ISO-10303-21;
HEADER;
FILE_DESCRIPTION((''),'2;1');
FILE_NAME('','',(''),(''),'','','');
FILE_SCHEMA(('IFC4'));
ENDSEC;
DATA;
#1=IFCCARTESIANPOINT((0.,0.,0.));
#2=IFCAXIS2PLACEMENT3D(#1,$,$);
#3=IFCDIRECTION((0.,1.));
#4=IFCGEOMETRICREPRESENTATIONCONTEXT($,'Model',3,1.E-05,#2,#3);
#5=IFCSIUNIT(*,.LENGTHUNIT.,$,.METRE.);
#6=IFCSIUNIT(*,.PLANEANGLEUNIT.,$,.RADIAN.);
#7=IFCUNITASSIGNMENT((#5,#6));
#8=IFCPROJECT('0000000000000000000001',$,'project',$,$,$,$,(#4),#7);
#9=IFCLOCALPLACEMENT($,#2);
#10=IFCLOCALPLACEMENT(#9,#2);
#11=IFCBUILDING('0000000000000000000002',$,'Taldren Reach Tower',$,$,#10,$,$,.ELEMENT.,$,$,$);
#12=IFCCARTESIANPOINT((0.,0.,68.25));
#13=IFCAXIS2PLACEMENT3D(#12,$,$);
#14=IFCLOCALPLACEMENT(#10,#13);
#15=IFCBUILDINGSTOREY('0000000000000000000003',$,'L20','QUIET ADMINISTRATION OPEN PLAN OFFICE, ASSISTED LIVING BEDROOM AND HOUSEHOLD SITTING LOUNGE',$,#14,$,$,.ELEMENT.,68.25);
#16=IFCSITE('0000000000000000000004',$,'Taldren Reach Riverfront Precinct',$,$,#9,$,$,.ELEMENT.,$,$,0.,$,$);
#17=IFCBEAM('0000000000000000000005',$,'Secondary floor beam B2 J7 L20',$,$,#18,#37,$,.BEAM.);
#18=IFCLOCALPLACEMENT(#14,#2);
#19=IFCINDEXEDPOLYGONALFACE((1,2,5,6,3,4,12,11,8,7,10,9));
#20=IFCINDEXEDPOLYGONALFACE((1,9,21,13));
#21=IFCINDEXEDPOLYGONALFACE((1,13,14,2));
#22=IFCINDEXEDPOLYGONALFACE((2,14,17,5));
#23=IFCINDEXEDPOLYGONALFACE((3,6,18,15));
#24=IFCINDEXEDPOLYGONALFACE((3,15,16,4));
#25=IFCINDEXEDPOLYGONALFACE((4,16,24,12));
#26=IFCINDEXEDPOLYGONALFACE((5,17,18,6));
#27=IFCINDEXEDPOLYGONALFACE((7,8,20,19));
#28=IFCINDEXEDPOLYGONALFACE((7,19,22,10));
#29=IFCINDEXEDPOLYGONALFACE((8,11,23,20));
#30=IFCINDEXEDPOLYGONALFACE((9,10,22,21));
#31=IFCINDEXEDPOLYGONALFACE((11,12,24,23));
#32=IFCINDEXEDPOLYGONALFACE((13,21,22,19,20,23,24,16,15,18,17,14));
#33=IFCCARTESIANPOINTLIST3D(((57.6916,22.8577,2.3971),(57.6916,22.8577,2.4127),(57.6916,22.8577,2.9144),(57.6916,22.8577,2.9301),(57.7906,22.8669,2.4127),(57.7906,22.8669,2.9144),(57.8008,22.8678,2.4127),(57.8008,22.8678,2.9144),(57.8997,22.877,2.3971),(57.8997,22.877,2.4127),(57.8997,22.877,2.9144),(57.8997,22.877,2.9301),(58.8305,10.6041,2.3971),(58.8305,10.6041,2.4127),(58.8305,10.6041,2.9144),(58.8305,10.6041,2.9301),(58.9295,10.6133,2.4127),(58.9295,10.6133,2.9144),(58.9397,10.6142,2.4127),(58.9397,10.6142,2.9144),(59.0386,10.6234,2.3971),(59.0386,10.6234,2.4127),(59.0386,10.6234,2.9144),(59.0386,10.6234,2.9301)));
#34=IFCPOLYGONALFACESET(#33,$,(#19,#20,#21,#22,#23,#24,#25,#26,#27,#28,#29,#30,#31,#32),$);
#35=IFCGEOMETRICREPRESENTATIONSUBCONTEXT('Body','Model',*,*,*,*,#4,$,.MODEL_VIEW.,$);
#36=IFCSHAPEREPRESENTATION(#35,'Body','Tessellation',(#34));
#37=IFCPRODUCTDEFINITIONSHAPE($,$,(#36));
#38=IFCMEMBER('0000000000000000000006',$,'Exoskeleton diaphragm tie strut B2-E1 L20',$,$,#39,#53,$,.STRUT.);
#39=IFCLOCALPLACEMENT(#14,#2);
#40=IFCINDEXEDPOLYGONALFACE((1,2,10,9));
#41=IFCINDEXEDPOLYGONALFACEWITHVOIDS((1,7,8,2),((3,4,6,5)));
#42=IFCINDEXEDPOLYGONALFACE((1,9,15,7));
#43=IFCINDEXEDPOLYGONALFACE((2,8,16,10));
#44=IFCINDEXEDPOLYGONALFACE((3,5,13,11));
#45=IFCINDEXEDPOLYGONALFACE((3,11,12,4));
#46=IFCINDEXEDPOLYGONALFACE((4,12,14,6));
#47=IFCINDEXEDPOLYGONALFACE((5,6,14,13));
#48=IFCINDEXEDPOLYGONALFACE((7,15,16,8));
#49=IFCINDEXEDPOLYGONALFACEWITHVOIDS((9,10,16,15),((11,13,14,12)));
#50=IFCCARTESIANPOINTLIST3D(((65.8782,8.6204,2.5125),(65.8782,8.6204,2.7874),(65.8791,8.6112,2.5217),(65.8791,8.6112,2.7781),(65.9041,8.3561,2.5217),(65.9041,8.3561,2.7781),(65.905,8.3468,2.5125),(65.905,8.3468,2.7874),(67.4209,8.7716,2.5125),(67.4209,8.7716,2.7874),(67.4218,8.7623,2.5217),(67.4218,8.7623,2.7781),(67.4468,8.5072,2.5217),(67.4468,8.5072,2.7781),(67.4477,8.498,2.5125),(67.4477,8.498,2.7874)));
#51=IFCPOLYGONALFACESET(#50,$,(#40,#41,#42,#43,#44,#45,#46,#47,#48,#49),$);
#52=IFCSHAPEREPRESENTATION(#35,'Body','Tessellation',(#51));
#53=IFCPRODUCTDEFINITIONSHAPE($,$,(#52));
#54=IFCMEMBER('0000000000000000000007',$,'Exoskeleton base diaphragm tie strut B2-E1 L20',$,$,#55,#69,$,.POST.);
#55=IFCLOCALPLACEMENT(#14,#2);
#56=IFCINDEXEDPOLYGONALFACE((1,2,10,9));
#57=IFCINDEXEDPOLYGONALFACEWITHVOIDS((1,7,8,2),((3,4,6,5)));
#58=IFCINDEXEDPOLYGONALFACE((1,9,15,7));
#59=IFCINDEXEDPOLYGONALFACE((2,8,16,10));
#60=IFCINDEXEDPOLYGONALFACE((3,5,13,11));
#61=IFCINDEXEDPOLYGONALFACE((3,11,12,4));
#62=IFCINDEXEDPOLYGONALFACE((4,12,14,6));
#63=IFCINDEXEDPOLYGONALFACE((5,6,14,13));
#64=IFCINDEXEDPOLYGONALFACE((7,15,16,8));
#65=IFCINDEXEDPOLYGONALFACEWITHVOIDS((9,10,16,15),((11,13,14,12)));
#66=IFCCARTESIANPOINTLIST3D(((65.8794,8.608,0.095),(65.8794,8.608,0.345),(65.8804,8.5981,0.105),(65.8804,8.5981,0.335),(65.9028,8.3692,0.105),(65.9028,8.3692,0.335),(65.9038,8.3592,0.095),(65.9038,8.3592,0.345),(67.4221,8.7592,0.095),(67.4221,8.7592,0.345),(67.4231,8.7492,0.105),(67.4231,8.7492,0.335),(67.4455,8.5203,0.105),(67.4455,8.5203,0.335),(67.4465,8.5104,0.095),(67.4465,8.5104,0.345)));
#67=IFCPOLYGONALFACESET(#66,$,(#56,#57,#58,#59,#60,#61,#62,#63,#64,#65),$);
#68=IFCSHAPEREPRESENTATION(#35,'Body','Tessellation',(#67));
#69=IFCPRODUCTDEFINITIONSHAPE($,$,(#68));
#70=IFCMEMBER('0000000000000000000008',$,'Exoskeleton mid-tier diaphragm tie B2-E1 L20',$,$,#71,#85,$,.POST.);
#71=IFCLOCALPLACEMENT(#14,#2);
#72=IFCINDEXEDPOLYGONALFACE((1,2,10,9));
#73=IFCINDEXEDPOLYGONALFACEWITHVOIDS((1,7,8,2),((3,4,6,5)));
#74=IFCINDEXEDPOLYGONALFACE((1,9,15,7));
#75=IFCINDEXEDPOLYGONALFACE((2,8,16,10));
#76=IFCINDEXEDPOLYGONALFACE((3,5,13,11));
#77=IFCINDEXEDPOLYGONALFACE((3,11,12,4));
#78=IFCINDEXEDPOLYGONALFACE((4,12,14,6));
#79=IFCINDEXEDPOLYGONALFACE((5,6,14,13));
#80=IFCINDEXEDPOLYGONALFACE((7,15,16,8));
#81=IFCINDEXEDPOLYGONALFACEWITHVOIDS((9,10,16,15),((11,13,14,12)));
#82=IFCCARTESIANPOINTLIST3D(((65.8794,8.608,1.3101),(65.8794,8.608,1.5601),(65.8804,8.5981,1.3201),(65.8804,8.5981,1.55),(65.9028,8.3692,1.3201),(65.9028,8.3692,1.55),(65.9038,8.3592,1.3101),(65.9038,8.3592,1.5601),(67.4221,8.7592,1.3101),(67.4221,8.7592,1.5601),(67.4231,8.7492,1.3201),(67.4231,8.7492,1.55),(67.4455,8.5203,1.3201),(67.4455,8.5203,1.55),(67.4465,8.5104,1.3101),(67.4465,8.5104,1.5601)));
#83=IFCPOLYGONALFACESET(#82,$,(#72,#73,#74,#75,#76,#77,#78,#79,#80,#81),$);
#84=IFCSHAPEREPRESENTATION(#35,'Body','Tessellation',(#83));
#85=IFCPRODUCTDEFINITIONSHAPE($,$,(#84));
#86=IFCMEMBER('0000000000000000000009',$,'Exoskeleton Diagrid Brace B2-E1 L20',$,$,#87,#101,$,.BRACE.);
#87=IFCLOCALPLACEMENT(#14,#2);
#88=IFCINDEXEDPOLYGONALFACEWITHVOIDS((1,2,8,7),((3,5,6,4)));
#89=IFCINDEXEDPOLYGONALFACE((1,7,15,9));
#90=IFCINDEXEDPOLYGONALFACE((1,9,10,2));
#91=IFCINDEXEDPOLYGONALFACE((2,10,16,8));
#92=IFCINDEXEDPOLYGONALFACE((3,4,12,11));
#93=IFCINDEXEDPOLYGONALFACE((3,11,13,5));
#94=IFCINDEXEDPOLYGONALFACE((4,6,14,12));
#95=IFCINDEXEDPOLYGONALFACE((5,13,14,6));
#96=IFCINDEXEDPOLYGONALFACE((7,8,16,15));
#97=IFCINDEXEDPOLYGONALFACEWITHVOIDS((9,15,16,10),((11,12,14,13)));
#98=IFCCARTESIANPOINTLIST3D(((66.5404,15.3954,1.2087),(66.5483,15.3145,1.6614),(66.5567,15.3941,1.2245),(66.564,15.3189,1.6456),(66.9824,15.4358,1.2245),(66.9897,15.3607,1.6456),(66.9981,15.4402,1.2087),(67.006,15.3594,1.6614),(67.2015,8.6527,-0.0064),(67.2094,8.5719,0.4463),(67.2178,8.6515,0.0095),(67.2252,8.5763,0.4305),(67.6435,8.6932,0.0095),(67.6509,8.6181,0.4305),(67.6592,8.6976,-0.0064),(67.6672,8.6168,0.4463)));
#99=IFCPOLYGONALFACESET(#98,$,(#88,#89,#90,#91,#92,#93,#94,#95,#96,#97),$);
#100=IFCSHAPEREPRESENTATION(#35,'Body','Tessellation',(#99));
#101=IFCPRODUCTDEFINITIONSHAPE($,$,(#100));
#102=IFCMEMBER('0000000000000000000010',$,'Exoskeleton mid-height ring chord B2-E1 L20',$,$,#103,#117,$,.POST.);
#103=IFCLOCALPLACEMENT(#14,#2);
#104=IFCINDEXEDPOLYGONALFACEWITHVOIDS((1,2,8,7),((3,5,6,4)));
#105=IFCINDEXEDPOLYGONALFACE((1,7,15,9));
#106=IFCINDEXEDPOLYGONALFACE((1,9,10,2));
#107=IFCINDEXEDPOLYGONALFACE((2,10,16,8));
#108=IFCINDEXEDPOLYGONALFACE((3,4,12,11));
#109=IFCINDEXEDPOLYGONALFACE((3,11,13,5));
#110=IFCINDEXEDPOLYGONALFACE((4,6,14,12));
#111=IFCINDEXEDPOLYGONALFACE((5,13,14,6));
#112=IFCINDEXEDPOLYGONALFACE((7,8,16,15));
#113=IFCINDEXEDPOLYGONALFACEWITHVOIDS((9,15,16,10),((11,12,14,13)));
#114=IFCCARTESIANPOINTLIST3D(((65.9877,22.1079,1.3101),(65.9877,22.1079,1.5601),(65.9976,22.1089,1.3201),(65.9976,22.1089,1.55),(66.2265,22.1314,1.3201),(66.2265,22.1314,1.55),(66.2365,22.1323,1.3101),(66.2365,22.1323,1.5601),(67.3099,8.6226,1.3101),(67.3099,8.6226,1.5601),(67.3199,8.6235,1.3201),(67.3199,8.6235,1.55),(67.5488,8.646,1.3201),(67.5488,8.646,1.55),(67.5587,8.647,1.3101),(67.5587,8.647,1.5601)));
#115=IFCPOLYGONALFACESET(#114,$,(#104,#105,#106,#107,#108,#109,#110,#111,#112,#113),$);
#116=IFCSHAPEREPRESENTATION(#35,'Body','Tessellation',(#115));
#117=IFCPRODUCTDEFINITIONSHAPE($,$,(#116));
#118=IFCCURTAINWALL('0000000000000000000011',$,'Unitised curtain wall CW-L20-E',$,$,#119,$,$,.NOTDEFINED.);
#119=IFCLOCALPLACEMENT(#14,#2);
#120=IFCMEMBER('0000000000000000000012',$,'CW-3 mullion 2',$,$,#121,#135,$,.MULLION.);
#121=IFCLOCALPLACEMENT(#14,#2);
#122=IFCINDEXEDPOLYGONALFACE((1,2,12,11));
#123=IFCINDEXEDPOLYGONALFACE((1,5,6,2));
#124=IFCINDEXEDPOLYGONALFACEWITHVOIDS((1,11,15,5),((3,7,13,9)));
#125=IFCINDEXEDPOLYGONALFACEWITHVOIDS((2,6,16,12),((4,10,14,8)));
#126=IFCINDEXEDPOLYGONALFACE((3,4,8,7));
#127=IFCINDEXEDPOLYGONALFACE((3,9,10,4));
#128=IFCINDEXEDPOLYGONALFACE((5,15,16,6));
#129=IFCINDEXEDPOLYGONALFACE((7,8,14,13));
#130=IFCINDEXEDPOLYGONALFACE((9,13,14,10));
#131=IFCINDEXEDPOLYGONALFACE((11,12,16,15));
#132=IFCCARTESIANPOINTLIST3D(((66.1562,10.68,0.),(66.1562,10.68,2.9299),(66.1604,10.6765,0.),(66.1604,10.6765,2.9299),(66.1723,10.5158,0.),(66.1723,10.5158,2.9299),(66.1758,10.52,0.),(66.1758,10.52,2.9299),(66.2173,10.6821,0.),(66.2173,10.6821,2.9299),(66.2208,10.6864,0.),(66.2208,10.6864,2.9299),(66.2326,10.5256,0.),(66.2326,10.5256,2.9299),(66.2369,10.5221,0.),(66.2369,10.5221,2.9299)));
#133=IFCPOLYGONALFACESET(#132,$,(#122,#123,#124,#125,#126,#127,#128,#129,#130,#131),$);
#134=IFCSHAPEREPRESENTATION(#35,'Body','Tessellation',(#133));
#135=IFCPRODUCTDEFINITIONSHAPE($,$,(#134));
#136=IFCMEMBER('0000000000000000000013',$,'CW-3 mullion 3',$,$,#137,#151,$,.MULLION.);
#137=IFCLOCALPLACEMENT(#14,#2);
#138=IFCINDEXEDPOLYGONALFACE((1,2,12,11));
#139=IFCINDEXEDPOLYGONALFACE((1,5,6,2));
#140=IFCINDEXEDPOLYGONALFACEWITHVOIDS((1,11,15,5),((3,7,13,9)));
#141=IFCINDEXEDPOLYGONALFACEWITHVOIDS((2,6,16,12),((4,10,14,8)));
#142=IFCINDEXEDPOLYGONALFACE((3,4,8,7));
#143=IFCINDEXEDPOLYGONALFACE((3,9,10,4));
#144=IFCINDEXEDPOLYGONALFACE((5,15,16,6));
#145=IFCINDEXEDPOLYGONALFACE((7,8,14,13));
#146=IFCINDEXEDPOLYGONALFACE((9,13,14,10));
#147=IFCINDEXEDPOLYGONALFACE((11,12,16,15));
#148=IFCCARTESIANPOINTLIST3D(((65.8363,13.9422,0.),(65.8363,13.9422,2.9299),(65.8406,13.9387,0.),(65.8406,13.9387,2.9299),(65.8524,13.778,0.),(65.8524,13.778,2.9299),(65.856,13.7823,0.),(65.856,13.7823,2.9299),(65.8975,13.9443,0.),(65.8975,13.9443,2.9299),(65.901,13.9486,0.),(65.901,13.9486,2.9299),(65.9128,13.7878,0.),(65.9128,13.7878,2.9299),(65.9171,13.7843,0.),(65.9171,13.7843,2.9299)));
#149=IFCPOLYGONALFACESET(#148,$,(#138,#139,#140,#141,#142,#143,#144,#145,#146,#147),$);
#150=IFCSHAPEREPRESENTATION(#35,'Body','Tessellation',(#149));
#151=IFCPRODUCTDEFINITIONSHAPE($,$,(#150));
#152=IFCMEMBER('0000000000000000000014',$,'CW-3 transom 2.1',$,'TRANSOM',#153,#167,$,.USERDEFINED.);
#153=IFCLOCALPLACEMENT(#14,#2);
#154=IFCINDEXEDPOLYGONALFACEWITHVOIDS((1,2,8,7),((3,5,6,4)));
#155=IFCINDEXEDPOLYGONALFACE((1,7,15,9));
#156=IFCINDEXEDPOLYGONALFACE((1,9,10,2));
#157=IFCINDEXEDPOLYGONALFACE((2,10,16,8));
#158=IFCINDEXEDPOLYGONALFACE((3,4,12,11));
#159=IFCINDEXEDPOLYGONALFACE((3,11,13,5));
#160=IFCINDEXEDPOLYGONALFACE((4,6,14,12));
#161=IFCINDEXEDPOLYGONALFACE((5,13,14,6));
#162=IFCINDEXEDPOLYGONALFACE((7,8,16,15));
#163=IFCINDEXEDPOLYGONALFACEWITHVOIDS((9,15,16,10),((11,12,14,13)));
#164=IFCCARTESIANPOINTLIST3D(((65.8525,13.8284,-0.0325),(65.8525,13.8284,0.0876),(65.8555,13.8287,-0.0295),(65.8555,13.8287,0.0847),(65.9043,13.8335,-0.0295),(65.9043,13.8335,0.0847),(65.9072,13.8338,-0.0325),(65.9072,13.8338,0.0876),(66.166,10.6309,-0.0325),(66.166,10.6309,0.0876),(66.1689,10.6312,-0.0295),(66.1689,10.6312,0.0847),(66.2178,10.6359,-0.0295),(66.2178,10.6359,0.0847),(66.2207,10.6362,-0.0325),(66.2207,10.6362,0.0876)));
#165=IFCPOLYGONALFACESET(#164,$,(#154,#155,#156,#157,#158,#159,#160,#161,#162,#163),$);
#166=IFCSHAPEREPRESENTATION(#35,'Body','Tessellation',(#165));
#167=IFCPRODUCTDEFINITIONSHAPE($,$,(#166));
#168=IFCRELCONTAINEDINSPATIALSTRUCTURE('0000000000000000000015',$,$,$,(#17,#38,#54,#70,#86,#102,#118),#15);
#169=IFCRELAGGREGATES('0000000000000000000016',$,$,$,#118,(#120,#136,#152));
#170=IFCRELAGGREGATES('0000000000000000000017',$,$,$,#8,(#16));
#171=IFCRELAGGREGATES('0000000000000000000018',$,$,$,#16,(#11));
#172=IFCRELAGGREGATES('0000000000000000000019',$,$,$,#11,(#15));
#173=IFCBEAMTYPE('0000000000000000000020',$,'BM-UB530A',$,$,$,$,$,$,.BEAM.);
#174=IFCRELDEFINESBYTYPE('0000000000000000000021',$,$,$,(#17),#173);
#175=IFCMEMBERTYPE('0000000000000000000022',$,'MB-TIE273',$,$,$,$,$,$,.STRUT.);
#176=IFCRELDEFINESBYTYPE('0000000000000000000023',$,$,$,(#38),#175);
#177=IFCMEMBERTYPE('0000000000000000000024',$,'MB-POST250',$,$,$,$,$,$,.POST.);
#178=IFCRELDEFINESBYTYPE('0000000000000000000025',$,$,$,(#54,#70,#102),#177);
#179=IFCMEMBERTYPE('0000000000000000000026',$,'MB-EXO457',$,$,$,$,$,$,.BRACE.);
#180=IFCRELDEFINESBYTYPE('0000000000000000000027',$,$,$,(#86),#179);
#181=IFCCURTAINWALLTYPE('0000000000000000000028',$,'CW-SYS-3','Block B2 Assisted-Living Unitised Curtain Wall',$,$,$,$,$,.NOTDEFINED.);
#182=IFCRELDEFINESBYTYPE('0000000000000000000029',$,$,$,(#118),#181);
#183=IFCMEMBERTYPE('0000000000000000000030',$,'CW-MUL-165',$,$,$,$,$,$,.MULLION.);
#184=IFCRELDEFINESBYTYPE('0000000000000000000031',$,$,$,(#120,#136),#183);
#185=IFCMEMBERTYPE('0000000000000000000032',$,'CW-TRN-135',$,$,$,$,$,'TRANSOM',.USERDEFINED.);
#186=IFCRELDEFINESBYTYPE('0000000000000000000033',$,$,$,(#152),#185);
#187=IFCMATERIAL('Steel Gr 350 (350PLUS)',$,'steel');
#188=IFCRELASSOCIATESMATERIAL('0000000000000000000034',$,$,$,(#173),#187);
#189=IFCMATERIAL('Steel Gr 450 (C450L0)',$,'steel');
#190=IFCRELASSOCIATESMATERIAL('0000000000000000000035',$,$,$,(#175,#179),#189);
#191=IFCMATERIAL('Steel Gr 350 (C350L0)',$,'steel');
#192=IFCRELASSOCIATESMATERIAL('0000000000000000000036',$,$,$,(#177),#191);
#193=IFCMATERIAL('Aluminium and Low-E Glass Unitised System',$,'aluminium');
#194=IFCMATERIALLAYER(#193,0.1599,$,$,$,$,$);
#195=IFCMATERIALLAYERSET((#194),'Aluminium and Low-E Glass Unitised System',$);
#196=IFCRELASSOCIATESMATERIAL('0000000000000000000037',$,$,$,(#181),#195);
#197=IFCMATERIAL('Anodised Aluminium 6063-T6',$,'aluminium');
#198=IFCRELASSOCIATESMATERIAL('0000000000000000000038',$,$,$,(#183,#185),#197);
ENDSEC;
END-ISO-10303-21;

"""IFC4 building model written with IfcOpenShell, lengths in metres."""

from ifc_helpers import new_model, si_unit, direction, frame, origin, origin_2d, place, context, subcontext, project, spatial, hollow_rectangle, i_section, extrude, source, transform, mapped, material, layer, layer_set, material_profile, profile_set, type_object, element, aggregate, save


model = new_model("IFC4")

# Units and contexts
model_context = context("Model", 3, precision=1e-05, world=origin(), true_north=direction((0.0, 1.0)))
body_context = subcontext(model_context, "Body", "Model", "MODEL_VIEW")
ifc_project = project(units=[si_unit("LENGTHUNIT", "METRE"), si_unit("PLANEANGLEUNIT", "RADIAN")], contexts=[model_context])

# Site, building, storey
site_placement = place(None, origin())
site = spatial("IfcSite", under=ifc_project, at=site_placement, Name="Taldren Reach Riverfront Precinct", CompositionType="ELEMENT", RefElevation=0.0)
building_placement = place(site_placement, origin())
building = spatial("IfcBuilding", under=site, at=building_placement, Name="Taldren Reach Tower", CompositionType="ELEMENT")
storey_placement = place(building_placement, frame((0.0, 0.0, 68.25)))
storey = spatial("IfcBuildingStorey", under=building, at=storey_placement, Name="L20", Description="QUIET ADMINISTRATION OPEN PLAN OFFICE, ASSISTED LIVING BEDROOM AND HOUSEHOLD SITTING LOUNGE", CompositionType="ELEMENT", Elevation=68.25)

# Beam
ifc_material_1 = material(Name="Steel Gr 350 (350PLUS)", Category="steel")
ifc_material_profile_1 = material_profile(ifc_material_1, i_section(OverallWidth=0.209, OverallDepth=0.533, WebThickness=0.0103, FlangeThickness=0.0156, at=origin_2d()), Name="530UB92.4")
ifc_profile_set_1 = profile_set([ifc_material_profile_1], Name="Steel Gr 350 (350PLUS)")
beam_type = type_object("IfcBeamType", Name="BM-UB530A", PredefinedType="BEAM", material=ifc_profile_set_1)
shared_shape_1 = source(origin(), body_context, "Body", "SweptSolid", [
    extrude(i_section(OverallWidth=0.209, OverallDepth=0.533, WebThickness=0.0103, FlangeThickness=0.0156, at=origin_2d()), origin(), (0.0, 0.0, 1.0), 12.3064),
])
beam_placement = place(storey_placement, frame((58.9346, 10.6138, 2.6636), z_axis=(-0.092546, 0.995708, 0.0), x_axis=(-0.995708, -0.092546, 0.0)))
element("IfcBeam", 1, at=beam_placement, inside=storey, type_object=beam_type, Name="Secondary floor beam B2 J7 L20", PredefinedType="BEAM", context=body_context, shape_type="MappedRepresentation", body=[
    mapped(shared_shape_1, transform((0.0, 0.0, 0.0), scale=1.0)),
])

# Members
ifc_material_2 = material(Name="Steel Gr 450 (C450L0)", Category="steel")
ifc_material_profile_2 = material_profile(ifc_material_2, hollow_rectangle(XDim=0.2749, YDim=0.2749, WallThickness=0.0093, at=origin_2d()), Name="275x275x9.3SHS")
ifc_profile_set_2 = profile_set([ifc_material_profile_2], Name="Steel Gr 450 (C450L0)")
member_type_1 = type_object("IfcMemberType", Name="MB-TIE273", PredefinedType="STRUT", material=ifc_profile_set_2)
shared_shape_2 = source(origin(), body_context, "Body", "SweptSolid", [
    extrude(hollow_rectangle(XDim=0.2749, YDim=0.2749, WallThickness=0.0093, at=origin_2d()), origin(), (0.0, 0.0, 1.0), 1.55),
])
member_1_placement = place(storey_placement, frame((65.8916, 8.4836, 2.6499), z_axis=(0.995236, 0.097492, 0.0), x_axis=(-0.097492, 0.995236, 0.0)))
element("IfcMember", 2, at=member_1_placement, inside=storey, type_object=member_type_1, Name="Exoskeleton diaphragm tie strut B2-E1 L20", PredefinedType="STRUT", context=body_context, shape_type="MappedRepresentation", body=[
    mapped(shared_shape_2, transform((0.0, 0.0, 0.0), scale=1.0)),
])
ifc_material_3 = material(Name="Steel Gr 350 (C350L0)", Category="steel")
ifc_material_profile_3 = material_profile(ifc_material_3, hollow_rectangle(XDim=0.25, YDim=0.25, WallThickness=0.01, at=origin_2d()), Name="250x250x10.0SHS")
ifc_profile_set_3 = profile_set([ifc_material_profile_3], Name="Steel Gr 350 (C350L0)")
member_type_2 = type_object("IfcMemberType", Name="MB-POST250", PredefinedType="POST", material=ifc_profile_set_3)
shared_shape_3 = source(origin(), body_context, "Body", "SweptSolid", [
    extrude(hollow_rectangle(XDim=0.25, YDim=0.25, WallThickness=0.01, at=origin_2d()), origin(), (0.0, 0.0, 1.0), 1.55),
])
for number, where, z_axis, x_axis, name in (
    (3, (65.8916, 8.4836, 0.22), (0.995236, 0.097492, 0.0), (-0.097492, 0.995236, 0.0), "Exoskeleton base diaphragm tie strut B2-E1 L20"),
    (4, (65.8916, 8.4836, 1.4351), (0.995236, 0.097492, 0.0), (-0.097492, 0.995236, 0.0), "Exoskeleton mid-tier diaphragm tie B2-E1 L20"),
):
    element("IfcMember", number, at=place(storey_placement, frame(where, z_axis=z_axis, x_axis=x_axis)), inside=storey, type_object=member_type_2, Name=name, PredefinedType="POST", context=body_context, shape_type="MappedRepresentation", body=[
        mapped(shared_shape_3, transform((0.0, 0.0, 0.0), scale=1.0)),
    ])
ifc_material_profile_4 = material_profile(ifc_material_2, hollow_rectangle(XDim=0.46, YDim=0.46, WallThickness=0.0161, at=origin_2d()), Name="460x460x16.0SHS")
ifc_profile_set_4 = profile_set([ifc_material_profile_4], Name="Steel Gr 450 (C450L0)")
member_type_3 = type_object("IfcMemberType", Name="MB-EXO457", PredefinedType="BRACE", material=ifc_profile_set_4)
shared_shape_4 = source(origin(), body_context, "Body", "SweptSolid", [
    extrude(hollow_rectangle(XDim=0.46, YDim=0.46, WallThickness=0.0161, at=origin_2d()), origin(), (0.0, 0.0, 1.0), 6.8831),
])
member_2_placement = place(storey_placement, frame((67.4343, 8.6348, 0.22), z_axis=(-0.096051, 0.979597, 0.176532), x_axis=(-0.995227, -0.097584, 0.0)))
element("IfcMember", 5, at=member_2_placement, inside=storey, type_object=member_type_3, Name="Exoskeleton Diagrid Brace B2-E1 L20", PredefinedType="BRACE", context=body_context, shape_type="MappedRepresentation", body=[
    mapped(shared_shape_4, transform((0.0, 0.0, 0.0), scale=1.0)),
])
shared_shape_5 = source(origin(), body_context, "Body", "SweptSolid", [
    extrude(hollow_rectangle(XDim=0.25, YDim=0.25, WallThickness=0.01, at=origin_2d()), origin(), (0.0, 0.0, 1.0), 13.55),
])
member_3_placement = place(storey_placement, frame((67.4343, 8.6348, 1.4351), z_axis=(-0.097584, 0.995227, 0.0), x_axis=(-0.995227, -0.097584, 0.0)))
element("IfcMember", 6, at=member_3_placement, inside=storey, type_object=member_type_2, Name="Exoskeleton mid-height ring chord B2-E1 L20", PredefinedType="POST", context=body_context, shape_type="MappedRepresentation", body=[
    mapped(shared_shape_5, transform((0.0, 0.0, 0.0), scale=1.0)),
])

# Curtain wall, members
ifc_material_4 = material(Name="Aluminium and Low-E Glass Unitised System", Category="aluminium")
ifc_layer_1 = layer(ifc_material_4, 0.1599)
ifc_layer_set_1 = layer_set([ifc_layer_1], Name="Aluminium and Low-E Glass Unitised System")
curtain_wall_type = type_object("IfcCurtainWallType", Name="CW-SYS-3", Description="Block B2 Assisted-Living Unitised Curtain Wall", PredefinedType="NOTDEFINED", material=ifc_layer_set_1)
curtain_wall_placement = place(storey_placement, origin())
curtain_wall = element("IfcCurtainWall", 7, at=curtain_wall_placement, inside=storey, type_object=curtain_wall_type, Name="Unitised curtain wall CW-L20-E", PredefinedType="NOTDEFINED")
ifc_material_5 = material(Name="Anodised Aluminium 6063-T6", Category="aluminium")
ifc_material_profile_5 = material_profile(ifc_material_5, hollow_rectangle(XDim=0.0649, YDim=0.165, WallThickness=0.0039, at=origin_2d()), Name="ALU-165x65x4RHS")
ifc_profile_set_5 = profile_set([ifc_material_profile_5], Name="Anodised Aluminium 6063-T6")
member_type_4 = type_object("IfcMemberType", Name="CW-MUL-165", PredefinedType="MULLION", material=ifc_profile_set_5)
shared_shape_6 = source(origin(), body_context, "Body", "SweptSolid", [
    extrude(hollow_rectangle(XDim=0.0649, YDim=0.165, WallThickness=0.0039, at=origin_2d()), origin(), (0.0, 0.0, 1.0), 2.9299),
])
member_4_placement = place(storey_placement, frame((66.1965, 10.6011, 0.0), z_axis=(0.0, 0.0, 1.0), x_axis=(-0.995227, -0.097583, 0.0)))
member_4 = element("IfcMember", 8, at=member_4_placement, type_object=member_type_4, Name="CW-3 mullion 2", PredefinedType="MULLION", context=body_context, shape_type="MappedRepresentation", body=[
    mapped(shared_shape_6, transform((0.0, 0.0, 0.0), scale=1.0)),
])
member_5_placement = place(storey_placement, frame((65.8767, 13.8633, 0.0), z_axis=(0.0, 0.0, 1.0), x_axis=(-0.995227, -0.097583, 0.0)))
member_5 = element("IfcMember", 9, at=member_5_placement, type_object=member_type_4, Name="CW-3 mullion 3", PredefinedType="MULLION", context=body_context, shape_type="MappedRepresentation", body=[
    mapped(shared_shape_6, transform((0.0, 0.0, 0.0), scale=1.0)),
])
ifc_material_profile_6 = material_profile(ifc_material_5, hollow_rectangle(XDim=0.0549, YDim=0.1201, WallThickness=0.0029, at=origin_2d()), Name="ALU-120x55x3RHS")
ifc_profile_set_6 = profile_set([ifc_material_profile_6], Name="Anodised Aluminium 6063-T6")
member_type_5 = type_object("IfcMemberType", Name="CW-TRN-135", ElementType="TRANSOM", PredefinedType="USERDEFINED", material=ifc_profile_set_6)
shared_shape_7 = source(origin(), body_context, "Body", "SweptSolid", [
    extrude(hollow_rectangle(XDim=0.0549, YDim=0.1201, WallThickness=0.0029, at=origin_2d()), origin(), (0.0, 0.0, 1.0), 3.2129),
])
member_6_placement = place(storey_placement, frame((66.1934, 10.6335, 0.0276), z_axis=(-0.09757, 0.995229, 0.0), x_axis=(-0.995229, -0.09757, 0.0)))
member_6 = element("IfcMember", 10, at=member_6_placement, type_object=member_type_5, Name="CW-3 transom 2.1", ObjectType="TRANSOM", PredefinedType="USERDEFINED", context=body_context, shape_type="MappedRepresentation", body=[
    mapped(shared_shape_7, transform((0.0, 0.0, 0.0), scale=1.0)),
])

aggregate(curtain_wall, [member_4, member_5, member_6])

save(model, "model.ifc")
